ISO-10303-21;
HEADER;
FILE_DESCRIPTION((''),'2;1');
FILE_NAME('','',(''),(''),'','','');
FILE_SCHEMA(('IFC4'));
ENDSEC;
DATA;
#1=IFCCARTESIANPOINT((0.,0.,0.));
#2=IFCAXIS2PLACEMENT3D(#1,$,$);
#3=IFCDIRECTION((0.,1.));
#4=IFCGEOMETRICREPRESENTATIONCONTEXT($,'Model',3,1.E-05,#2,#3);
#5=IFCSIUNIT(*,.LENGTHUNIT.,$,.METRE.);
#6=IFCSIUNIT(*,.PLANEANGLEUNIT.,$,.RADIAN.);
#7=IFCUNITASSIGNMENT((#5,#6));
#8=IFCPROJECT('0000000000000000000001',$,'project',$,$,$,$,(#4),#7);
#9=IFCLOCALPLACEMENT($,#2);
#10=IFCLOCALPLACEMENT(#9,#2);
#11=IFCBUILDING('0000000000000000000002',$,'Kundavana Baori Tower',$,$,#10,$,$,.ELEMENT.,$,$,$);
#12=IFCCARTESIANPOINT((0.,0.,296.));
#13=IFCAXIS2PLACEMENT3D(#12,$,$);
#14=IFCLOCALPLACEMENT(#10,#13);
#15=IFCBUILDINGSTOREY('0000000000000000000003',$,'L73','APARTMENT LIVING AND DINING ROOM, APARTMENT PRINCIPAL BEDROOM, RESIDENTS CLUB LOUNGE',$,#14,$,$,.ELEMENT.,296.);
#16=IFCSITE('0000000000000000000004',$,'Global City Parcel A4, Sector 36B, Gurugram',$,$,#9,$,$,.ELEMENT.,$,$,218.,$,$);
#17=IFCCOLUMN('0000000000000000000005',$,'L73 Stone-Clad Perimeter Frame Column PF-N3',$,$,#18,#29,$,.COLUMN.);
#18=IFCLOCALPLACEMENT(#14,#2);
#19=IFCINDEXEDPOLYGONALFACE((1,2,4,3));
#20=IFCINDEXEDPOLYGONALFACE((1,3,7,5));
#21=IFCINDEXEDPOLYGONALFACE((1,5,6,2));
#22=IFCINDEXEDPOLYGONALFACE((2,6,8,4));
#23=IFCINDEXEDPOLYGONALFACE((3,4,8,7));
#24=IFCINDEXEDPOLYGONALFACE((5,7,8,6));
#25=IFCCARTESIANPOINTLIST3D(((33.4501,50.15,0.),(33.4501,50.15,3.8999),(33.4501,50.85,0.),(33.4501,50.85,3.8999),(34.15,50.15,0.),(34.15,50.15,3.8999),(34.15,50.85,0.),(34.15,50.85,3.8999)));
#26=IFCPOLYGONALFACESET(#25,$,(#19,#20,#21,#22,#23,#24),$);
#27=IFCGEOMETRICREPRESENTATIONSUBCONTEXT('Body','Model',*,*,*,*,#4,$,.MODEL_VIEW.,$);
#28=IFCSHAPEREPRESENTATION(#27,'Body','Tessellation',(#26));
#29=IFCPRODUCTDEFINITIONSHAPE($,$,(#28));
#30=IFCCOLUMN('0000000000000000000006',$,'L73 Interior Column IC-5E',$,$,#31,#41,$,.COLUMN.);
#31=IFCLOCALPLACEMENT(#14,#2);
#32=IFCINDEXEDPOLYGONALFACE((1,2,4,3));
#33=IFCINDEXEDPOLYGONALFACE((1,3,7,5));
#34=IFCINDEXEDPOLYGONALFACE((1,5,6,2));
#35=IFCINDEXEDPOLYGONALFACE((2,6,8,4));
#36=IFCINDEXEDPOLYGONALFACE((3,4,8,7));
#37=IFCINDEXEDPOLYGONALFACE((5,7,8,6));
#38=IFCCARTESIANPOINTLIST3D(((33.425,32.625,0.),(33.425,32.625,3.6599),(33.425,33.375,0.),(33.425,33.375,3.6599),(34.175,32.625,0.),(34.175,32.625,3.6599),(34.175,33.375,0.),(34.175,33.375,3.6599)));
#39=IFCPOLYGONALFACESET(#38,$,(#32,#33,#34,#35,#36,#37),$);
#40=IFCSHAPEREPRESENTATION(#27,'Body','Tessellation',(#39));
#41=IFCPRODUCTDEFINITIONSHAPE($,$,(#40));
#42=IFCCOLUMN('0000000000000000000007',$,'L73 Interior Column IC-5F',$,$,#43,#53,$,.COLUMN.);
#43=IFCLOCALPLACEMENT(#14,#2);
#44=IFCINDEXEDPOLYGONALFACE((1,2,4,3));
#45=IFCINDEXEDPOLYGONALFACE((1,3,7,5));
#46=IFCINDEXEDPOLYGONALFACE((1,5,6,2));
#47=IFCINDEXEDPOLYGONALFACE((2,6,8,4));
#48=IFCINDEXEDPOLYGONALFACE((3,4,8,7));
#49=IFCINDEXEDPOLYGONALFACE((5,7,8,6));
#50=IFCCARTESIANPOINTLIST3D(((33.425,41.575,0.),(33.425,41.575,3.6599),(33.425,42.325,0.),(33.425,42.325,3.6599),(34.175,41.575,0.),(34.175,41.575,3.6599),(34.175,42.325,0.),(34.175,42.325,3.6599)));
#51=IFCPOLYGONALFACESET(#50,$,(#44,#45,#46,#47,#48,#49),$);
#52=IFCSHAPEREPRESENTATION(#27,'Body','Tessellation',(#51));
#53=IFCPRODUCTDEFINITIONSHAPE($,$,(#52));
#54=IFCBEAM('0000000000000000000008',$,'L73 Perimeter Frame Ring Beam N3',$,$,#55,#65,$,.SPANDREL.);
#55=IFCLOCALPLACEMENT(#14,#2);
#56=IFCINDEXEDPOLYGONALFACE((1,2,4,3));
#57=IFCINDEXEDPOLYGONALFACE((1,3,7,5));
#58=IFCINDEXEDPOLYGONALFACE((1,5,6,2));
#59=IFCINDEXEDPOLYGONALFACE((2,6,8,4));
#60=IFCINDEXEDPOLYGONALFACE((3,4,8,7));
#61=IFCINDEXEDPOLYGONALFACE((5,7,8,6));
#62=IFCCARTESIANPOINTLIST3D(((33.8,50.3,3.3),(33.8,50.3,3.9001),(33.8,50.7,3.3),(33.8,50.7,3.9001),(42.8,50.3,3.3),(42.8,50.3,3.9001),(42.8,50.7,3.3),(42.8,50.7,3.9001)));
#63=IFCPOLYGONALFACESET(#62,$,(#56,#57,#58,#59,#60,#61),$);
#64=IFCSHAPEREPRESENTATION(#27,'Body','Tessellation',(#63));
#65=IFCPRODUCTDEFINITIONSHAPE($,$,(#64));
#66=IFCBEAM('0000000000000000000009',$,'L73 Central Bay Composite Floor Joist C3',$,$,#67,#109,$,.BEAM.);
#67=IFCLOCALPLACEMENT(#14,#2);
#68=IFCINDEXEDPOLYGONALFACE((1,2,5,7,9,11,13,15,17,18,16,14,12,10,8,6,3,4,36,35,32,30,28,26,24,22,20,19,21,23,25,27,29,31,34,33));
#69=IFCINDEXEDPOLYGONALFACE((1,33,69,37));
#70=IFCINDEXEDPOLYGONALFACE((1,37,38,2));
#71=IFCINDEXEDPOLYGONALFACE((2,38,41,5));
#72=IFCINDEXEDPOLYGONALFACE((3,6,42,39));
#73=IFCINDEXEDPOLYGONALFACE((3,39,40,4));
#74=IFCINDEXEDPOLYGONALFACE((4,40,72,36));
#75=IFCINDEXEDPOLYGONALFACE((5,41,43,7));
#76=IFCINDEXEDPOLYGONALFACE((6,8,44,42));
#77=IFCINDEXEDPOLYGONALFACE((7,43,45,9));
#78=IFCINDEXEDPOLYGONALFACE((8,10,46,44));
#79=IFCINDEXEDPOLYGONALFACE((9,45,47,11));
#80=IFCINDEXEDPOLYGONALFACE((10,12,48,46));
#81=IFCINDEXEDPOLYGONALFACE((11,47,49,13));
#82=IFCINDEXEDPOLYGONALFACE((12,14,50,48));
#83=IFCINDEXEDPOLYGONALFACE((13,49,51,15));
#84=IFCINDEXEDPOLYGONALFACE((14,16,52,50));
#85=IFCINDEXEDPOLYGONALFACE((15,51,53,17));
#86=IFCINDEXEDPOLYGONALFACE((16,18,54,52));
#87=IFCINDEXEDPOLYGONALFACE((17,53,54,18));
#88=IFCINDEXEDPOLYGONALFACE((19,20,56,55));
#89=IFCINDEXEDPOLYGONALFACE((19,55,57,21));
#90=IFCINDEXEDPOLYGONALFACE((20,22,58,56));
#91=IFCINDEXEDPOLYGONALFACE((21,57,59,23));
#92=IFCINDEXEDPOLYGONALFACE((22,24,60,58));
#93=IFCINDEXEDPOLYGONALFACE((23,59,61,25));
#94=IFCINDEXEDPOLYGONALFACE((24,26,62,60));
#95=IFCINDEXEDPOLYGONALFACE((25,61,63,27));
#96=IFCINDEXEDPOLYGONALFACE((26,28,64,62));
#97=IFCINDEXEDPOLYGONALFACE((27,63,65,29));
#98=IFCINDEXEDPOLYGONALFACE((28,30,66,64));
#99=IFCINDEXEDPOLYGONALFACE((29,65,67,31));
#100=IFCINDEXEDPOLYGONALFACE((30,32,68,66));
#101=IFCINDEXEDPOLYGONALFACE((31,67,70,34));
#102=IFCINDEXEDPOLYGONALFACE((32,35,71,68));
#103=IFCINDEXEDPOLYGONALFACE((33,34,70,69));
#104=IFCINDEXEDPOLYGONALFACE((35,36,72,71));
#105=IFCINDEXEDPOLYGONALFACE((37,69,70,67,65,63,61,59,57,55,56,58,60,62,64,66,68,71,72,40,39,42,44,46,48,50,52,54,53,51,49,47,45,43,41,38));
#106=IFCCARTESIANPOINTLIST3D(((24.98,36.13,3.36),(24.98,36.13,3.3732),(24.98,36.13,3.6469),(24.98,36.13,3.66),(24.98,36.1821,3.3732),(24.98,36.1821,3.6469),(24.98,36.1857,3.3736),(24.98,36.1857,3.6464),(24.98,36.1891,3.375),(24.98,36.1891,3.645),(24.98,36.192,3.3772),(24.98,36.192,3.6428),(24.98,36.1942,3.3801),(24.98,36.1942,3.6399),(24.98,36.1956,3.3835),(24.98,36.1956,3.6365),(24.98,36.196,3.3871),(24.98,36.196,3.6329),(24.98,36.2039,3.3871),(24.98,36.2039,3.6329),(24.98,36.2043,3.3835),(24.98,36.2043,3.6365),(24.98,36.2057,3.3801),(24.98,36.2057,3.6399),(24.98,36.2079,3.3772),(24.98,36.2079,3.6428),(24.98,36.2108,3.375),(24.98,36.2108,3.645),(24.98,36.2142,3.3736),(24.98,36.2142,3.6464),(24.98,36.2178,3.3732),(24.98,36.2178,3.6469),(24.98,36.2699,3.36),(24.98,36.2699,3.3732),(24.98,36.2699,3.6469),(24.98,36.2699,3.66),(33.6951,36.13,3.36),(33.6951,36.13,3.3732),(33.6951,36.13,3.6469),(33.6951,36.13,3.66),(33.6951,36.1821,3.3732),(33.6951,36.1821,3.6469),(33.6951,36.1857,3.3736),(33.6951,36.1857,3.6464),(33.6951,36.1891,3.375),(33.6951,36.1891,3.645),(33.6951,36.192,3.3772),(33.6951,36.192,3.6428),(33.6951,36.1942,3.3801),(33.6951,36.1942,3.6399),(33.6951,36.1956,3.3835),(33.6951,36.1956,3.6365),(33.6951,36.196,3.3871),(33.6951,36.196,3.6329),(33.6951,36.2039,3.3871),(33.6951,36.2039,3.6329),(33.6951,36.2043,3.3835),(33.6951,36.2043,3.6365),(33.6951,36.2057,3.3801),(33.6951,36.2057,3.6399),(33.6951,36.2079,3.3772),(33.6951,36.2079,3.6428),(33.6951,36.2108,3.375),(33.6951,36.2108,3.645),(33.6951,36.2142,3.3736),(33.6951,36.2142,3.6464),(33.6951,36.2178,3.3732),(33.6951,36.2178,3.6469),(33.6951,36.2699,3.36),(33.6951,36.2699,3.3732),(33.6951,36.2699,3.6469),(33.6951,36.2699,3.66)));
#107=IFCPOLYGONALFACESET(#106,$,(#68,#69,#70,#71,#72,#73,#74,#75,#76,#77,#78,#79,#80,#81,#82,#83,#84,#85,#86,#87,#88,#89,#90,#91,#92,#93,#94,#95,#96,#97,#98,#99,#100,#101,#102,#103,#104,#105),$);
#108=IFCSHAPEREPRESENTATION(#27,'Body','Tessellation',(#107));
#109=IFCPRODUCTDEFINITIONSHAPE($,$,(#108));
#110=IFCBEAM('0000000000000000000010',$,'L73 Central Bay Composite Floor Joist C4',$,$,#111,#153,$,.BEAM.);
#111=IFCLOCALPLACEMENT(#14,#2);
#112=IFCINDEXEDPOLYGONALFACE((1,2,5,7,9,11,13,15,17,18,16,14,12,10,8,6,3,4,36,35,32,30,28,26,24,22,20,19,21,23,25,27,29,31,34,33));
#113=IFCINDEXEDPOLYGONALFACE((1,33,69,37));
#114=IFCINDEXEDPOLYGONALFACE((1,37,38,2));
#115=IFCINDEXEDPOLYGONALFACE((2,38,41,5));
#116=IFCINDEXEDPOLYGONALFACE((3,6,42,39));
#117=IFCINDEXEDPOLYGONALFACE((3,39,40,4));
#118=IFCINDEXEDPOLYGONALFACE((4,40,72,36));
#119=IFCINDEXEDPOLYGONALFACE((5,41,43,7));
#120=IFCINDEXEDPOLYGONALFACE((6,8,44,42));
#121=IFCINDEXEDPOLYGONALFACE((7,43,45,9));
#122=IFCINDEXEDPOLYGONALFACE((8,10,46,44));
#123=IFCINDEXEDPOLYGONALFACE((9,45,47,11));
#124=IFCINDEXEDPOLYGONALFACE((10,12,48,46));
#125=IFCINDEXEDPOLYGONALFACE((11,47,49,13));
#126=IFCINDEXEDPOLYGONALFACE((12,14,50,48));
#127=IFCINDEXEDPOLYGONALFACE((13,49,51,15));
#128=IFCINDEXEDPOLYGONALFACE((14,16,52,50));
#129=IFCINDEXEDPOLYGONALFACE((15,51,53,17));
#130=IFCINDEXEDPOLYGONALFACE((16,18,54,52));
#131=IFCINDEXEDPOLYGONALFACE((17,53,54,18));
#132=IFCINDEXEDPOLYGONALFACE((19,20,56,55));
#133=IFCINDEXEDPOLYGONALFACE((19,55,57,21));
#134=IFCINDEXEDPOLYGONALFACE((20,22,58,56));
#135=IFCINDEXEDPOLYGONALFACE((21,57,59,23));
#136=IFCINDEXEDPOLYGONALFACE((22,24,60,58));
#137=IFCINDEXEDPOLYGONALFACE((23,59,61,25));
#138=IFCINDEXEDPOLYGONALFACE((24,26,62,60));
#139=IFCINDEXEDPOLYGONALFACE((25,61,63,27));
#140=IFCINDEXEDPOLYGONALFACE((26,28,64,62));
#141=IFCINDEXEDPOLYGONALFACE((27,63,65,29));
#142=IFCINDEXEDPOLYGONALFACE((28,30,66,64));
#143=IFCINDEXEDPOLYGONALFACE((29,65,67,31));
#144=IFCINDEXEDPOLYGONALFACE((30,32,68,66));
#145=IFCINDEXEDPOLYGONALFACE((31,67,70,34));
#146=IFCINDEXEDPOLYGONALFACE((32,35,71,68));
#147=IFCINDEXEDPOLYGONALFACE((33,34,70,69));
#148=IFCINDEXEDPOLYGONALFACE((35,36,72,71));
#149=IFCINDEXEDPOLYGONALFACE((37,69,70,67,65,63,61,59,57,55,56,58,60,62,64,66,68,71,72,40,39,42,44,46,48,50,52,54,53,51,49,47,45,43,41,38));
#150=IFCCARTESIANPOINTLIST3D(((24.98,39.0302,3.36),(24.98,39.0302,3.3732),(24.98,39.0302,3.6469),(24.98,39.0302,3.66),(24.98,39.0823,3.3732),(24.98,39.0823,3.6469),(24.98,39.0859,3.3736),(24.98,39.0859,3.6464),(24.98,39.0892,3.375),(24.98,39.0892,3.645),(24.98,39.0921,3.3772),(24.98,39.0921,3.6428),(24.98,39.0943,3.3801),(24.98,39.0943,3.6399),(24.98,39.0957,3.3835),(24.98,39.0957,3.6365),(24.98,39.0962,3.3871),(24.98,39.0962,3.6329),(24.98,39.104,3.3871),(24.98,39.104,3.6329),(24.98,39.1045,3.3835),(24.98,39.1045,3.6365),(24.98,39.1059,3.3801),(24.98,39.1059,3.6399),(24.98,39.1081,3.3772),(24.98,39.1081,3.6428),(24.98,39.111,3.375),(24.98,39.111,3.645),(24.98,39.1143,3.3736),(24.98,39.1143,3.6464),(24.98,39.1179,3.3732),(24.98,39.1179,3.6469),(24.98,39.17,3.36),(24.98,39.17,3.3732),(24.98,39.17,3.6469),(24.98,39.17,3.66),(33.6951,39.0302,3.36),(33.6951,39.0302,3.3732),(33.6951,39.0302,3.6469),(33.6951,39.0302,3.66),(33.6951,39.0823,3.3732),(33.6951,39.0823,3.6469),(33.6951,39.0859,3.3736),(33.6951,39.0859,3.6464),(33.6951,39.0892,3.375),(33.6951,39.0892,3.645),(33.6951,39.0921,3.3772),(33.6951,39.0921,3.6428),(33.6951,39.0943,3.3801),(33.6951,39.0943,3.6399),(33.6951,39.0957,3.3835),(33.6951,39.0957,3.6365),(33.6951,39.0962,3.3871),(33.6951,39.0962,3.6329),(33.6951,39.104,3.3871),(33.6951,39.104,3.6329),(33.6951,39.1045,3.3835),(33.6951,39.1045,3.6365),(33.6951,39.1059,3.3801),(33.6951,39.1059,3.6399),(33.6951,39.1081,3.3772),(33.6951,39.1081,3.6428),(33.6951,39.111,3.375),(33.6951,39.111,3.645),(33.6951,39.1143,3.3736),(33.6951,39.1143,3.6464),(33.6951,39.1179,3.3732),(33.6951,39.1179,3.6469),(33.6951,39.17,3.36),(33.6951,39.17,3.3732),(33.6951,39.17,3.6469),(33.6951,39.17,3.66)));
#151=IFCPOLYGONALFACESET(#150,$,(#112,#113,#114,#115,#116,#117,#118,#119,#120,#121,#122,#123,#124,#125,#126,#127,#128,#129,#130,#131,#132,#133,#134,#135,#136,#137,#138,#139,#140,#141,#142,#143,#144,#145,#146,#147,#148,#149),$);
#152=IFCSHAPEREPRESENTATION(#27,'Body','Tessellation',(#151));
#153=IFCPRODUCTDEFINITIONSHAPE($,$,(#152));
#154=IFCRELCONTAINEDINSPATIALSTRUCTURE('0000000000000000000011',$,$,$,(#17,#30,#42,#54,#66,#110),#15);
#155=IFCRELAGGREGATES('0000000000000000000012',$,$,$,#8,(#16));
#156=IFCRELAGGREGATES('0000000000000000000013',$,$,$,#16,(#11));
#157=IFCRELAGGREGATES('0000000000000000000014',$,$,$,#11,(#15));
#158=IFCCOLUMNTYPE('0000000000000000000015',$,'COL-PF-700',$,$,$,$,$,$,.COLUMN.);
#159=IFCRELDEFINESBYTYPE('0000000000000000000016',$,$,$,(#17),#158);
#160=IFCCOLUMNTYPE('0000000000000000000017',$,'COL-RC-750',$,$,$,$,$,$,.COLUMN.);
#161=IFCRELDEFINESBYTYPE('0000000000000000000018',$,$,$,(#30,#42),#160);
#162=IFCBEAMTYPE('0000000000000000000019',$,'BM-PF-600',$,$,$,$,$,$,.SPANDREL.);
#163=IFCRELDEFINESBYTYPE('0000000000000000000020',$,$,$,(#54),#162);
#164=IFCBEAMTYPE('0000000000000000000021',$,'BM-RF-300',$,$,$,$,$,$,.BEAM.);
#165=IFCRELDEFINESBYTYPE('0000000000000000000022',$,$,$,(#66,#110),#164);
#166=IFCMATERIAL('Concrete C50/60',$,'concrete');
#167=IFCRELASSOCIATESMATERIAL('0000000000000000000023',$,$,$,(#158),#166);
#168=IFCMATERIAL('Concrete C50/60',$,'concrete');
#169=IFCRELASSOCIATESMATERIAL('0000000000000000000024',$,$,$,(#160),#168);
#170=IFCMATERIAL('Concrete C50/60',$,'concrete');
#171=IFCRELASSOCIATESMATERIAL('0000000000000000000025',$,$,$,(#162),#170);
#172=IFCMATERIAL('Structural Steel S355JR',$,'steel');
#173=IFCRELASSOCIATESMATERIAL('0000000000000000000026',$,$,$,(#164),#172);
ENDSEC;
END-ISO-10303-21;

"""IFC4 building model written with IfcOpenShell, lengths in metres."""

from ifc_helpers import new_model, si_unit, direction, frame, origin, origin_2d, place, context, subcontext, project, spatial, rectangle, i_section, extrude, material, material_profile, profile_set, type_object, element, save


model = new_model("IFC4")

# Units and contexts
model_context = context("Model", 3, precision=1e-05, world=origin(), true_north=direction((0.0, 1.0)))
body_context = subcontext(model_context, "Body", "Model", "MODEL_VIEW")
ifc_project = project(units=[si_unit("LENGTHUNIT", "METRE"), si_unit("PLANEANGLEUNIT", "RADIAN")], contexts=[model_context])

# Site, building, storey
site_placement = place(None, origin())
site = spatial("IfcSite", under=ifc_project, at=site_placement, Name="Global City Parcel A4, Sector 36B, Gurugram", CompositionType="ELEMENT", RefElevation=218.0)
building_placement = place(site_placement, origin())
building = spatial("IfcBuilding", under=site, at=building_placement, Name="Kundavana Baori Tower", CompositionType="ELEMENT")
storey_placement = place(building_placement, frame((0.0, 0.0, 296.0)))
storey = spatial("IfcBuildingStorey", under=building, at=storey_placement, Name="L73", Description="APARTMENT LIVING AND DINING ROOM, APARTMENT PRINCIPAL BEDROOM, RESIDENTS CLUB LOUNGE", CompositionType="ELEMENT", Elevation=296.0)

# Columns
ifc_material_1 = material(Name="Concrete C50/60", Category="concrete")
ifc_material_profile_1 = material_profile(ifc_material_1, rectangle(XDim=0.7, YDim=0.7, at=origin_2d()), Name="RC PF 700x700")
ifc_profile_set_1 = profile_set([ifc_material_profile_1], Name="Concrete C50/60")
column_type_1 = type_object("IfcColumnType", Name="COL-PF-700", PredefinedType="COLUMN", material=ifc_profile_set_1)
column_placement = place(storey_placement, frame((33.8, 50.5, 0.0), z_axis=(0.0, 0.0, 1.0), x_axis=(1.0, 0.0, 0.0)))
element("IfcColumn", 1, at=column_placement, inside=storey, type_object=column_type_1, Name="L73 Stone-Clad Perimeter Frame Column PF-N3", PredefinedType="COLUMN", context=body_context, shape_type="SweptSolid", body=[
    extrude(rectangle(XDim=0.7, YDim=0.7, at=origin_2d()), origin(), (0.0, 0.0, 1.0), 3.8999),
])
ifc_material_2 = material(Name="Concrete C50/60", Category="concrete")
ifc_material_profile_2 = material_profile(ifc_material_2, rectangle(XDim=0.75, YDim=0.75, at=origin_2d()), Name="RC 750x750")
ifc_profile_set_2 = profile_set([ifc_material_profile_2], Name="Concrete C50/60")
column_type_2 = type_object("IfcColumnType", Name="COL-RC-750", PredefinedType="COLUMN", material=ifc_profile_set_2)
for number, where, z_axis, x_axis, name in (
    (2, (33.8, 33.0, 0.0), (0.0, 0.0, 1.0), (1.0, 0.0, 0.0), "L73 Interior Column IC-5E"),
    (3, (33.8, 41.95, 0.0), (0.0, 0.0, 1.0), (1.0, 0.0, 0.0), "L73 Interior Column IC-5F"),
):
    element("IfcColumn", number, at=place(storey_placement, frame(where, z_axis=z_axis, x_axis=x_axis)), inside=storey, type_object=column_type_2, Name=name, PredefinedType="COLUMN", context=body_context, shape_type="SweptSolid", body=[
        extrude(rectangle(XDim=0.75, YDim=0.75, at=origin_2d()), origin(), (0.0, 0.0, 1.0), 3.6599),
    ])

# Beams
ifc_material_3 = material(Name="Concrete C50/60", Category="concrete")
ifc_material_profile_3 = material_profile(ifc_material_3, rectangle(XDim=0.3999, YDim=0.6001, at=origin_2d()), Name="RC BM 400x600")
ifc_profile_set_3 = profile_set([ifc_material_profile_3], Name="Concrete C50/60")
beam_type_1 = type_object("IfcBeamType", Name="BM-PF-600", PredefinedType="SPANDREL", material=ifc_profile_set_3)
beam_1_placement = place(storey_placement, frame((33.8, 50.5, 3.6001), z_axis=(1.0, 0.0, 0.0), x_axis=(0.0, 1.0, 0.0)))
element("IfcBeam", 4, at=beam_1_placement, inside=storey, type_object=beam_type_1, Name="L73 Perimeter Frame Ring Beam N3", PredefinedType="SPANDREL", context=body_context, shape_type="SweptSolid", body=[
    extrude(rectangle(XDim=0.3999, YDim=0.6001, at=origin_2d()), origin(), (0.0, 0.0, 1.0), 9.0),
])
ifc_material_4 = material(Name="Structural Steel S355JR", Category="steel")
ifc_material_profile_4 = material_profile(ifc_material_4, i_section(OverallWidth=0.1399, OverallDepth=0.3, WebThickness=0.0078, FlangeThickness=0.0132, FilletRadius=0.0139, at=origin_2d()), Name="ISMB 300")
ifc_profile_set_4 = profile_set([ifc_material_profile_4], Name="Structural Steel S355JR")
beam_type_2 = type_object("IfcBeamType", Name="BM-RF-300", PredefinedType="BEAM", material=ifc_profile_set_4)
for number, where, z_axis, x_axis, name in (
    (5, (24.98, 36.2, 3.51), (1.0, 0.0, 0.0), (0.0, 1.0, 0.0), "L73 Central Bay Composite Floor Joist C3"),
    (6, (24.98, 39.1001, 3.51), (1.0, 0.0, 0.0), (0.0, 1.0, 0.0), "L73 Central Bay Composite Floor Joist C4"),
):
    element("IfcBeam", number, at=place(storey_placement, frame(where, z_axis=z_axis, x_axis=x_axis)), inside=storey, type_object=beam_type_2, Name=name, PredefinedType="BEAM", context=body_context, shape_type="SweptSolid", body=[
        extrude(i_section(OverallWidth=0.1399, OverallDepth=0.3, WebThickness=0.0078, FlangeThickness=0.0132, FilletRadius=0.0139, at=origin_2d()), origin(), (0.0, 0.0, 1.0), 8.7151),
    ])

save(model, "model.ifc")
